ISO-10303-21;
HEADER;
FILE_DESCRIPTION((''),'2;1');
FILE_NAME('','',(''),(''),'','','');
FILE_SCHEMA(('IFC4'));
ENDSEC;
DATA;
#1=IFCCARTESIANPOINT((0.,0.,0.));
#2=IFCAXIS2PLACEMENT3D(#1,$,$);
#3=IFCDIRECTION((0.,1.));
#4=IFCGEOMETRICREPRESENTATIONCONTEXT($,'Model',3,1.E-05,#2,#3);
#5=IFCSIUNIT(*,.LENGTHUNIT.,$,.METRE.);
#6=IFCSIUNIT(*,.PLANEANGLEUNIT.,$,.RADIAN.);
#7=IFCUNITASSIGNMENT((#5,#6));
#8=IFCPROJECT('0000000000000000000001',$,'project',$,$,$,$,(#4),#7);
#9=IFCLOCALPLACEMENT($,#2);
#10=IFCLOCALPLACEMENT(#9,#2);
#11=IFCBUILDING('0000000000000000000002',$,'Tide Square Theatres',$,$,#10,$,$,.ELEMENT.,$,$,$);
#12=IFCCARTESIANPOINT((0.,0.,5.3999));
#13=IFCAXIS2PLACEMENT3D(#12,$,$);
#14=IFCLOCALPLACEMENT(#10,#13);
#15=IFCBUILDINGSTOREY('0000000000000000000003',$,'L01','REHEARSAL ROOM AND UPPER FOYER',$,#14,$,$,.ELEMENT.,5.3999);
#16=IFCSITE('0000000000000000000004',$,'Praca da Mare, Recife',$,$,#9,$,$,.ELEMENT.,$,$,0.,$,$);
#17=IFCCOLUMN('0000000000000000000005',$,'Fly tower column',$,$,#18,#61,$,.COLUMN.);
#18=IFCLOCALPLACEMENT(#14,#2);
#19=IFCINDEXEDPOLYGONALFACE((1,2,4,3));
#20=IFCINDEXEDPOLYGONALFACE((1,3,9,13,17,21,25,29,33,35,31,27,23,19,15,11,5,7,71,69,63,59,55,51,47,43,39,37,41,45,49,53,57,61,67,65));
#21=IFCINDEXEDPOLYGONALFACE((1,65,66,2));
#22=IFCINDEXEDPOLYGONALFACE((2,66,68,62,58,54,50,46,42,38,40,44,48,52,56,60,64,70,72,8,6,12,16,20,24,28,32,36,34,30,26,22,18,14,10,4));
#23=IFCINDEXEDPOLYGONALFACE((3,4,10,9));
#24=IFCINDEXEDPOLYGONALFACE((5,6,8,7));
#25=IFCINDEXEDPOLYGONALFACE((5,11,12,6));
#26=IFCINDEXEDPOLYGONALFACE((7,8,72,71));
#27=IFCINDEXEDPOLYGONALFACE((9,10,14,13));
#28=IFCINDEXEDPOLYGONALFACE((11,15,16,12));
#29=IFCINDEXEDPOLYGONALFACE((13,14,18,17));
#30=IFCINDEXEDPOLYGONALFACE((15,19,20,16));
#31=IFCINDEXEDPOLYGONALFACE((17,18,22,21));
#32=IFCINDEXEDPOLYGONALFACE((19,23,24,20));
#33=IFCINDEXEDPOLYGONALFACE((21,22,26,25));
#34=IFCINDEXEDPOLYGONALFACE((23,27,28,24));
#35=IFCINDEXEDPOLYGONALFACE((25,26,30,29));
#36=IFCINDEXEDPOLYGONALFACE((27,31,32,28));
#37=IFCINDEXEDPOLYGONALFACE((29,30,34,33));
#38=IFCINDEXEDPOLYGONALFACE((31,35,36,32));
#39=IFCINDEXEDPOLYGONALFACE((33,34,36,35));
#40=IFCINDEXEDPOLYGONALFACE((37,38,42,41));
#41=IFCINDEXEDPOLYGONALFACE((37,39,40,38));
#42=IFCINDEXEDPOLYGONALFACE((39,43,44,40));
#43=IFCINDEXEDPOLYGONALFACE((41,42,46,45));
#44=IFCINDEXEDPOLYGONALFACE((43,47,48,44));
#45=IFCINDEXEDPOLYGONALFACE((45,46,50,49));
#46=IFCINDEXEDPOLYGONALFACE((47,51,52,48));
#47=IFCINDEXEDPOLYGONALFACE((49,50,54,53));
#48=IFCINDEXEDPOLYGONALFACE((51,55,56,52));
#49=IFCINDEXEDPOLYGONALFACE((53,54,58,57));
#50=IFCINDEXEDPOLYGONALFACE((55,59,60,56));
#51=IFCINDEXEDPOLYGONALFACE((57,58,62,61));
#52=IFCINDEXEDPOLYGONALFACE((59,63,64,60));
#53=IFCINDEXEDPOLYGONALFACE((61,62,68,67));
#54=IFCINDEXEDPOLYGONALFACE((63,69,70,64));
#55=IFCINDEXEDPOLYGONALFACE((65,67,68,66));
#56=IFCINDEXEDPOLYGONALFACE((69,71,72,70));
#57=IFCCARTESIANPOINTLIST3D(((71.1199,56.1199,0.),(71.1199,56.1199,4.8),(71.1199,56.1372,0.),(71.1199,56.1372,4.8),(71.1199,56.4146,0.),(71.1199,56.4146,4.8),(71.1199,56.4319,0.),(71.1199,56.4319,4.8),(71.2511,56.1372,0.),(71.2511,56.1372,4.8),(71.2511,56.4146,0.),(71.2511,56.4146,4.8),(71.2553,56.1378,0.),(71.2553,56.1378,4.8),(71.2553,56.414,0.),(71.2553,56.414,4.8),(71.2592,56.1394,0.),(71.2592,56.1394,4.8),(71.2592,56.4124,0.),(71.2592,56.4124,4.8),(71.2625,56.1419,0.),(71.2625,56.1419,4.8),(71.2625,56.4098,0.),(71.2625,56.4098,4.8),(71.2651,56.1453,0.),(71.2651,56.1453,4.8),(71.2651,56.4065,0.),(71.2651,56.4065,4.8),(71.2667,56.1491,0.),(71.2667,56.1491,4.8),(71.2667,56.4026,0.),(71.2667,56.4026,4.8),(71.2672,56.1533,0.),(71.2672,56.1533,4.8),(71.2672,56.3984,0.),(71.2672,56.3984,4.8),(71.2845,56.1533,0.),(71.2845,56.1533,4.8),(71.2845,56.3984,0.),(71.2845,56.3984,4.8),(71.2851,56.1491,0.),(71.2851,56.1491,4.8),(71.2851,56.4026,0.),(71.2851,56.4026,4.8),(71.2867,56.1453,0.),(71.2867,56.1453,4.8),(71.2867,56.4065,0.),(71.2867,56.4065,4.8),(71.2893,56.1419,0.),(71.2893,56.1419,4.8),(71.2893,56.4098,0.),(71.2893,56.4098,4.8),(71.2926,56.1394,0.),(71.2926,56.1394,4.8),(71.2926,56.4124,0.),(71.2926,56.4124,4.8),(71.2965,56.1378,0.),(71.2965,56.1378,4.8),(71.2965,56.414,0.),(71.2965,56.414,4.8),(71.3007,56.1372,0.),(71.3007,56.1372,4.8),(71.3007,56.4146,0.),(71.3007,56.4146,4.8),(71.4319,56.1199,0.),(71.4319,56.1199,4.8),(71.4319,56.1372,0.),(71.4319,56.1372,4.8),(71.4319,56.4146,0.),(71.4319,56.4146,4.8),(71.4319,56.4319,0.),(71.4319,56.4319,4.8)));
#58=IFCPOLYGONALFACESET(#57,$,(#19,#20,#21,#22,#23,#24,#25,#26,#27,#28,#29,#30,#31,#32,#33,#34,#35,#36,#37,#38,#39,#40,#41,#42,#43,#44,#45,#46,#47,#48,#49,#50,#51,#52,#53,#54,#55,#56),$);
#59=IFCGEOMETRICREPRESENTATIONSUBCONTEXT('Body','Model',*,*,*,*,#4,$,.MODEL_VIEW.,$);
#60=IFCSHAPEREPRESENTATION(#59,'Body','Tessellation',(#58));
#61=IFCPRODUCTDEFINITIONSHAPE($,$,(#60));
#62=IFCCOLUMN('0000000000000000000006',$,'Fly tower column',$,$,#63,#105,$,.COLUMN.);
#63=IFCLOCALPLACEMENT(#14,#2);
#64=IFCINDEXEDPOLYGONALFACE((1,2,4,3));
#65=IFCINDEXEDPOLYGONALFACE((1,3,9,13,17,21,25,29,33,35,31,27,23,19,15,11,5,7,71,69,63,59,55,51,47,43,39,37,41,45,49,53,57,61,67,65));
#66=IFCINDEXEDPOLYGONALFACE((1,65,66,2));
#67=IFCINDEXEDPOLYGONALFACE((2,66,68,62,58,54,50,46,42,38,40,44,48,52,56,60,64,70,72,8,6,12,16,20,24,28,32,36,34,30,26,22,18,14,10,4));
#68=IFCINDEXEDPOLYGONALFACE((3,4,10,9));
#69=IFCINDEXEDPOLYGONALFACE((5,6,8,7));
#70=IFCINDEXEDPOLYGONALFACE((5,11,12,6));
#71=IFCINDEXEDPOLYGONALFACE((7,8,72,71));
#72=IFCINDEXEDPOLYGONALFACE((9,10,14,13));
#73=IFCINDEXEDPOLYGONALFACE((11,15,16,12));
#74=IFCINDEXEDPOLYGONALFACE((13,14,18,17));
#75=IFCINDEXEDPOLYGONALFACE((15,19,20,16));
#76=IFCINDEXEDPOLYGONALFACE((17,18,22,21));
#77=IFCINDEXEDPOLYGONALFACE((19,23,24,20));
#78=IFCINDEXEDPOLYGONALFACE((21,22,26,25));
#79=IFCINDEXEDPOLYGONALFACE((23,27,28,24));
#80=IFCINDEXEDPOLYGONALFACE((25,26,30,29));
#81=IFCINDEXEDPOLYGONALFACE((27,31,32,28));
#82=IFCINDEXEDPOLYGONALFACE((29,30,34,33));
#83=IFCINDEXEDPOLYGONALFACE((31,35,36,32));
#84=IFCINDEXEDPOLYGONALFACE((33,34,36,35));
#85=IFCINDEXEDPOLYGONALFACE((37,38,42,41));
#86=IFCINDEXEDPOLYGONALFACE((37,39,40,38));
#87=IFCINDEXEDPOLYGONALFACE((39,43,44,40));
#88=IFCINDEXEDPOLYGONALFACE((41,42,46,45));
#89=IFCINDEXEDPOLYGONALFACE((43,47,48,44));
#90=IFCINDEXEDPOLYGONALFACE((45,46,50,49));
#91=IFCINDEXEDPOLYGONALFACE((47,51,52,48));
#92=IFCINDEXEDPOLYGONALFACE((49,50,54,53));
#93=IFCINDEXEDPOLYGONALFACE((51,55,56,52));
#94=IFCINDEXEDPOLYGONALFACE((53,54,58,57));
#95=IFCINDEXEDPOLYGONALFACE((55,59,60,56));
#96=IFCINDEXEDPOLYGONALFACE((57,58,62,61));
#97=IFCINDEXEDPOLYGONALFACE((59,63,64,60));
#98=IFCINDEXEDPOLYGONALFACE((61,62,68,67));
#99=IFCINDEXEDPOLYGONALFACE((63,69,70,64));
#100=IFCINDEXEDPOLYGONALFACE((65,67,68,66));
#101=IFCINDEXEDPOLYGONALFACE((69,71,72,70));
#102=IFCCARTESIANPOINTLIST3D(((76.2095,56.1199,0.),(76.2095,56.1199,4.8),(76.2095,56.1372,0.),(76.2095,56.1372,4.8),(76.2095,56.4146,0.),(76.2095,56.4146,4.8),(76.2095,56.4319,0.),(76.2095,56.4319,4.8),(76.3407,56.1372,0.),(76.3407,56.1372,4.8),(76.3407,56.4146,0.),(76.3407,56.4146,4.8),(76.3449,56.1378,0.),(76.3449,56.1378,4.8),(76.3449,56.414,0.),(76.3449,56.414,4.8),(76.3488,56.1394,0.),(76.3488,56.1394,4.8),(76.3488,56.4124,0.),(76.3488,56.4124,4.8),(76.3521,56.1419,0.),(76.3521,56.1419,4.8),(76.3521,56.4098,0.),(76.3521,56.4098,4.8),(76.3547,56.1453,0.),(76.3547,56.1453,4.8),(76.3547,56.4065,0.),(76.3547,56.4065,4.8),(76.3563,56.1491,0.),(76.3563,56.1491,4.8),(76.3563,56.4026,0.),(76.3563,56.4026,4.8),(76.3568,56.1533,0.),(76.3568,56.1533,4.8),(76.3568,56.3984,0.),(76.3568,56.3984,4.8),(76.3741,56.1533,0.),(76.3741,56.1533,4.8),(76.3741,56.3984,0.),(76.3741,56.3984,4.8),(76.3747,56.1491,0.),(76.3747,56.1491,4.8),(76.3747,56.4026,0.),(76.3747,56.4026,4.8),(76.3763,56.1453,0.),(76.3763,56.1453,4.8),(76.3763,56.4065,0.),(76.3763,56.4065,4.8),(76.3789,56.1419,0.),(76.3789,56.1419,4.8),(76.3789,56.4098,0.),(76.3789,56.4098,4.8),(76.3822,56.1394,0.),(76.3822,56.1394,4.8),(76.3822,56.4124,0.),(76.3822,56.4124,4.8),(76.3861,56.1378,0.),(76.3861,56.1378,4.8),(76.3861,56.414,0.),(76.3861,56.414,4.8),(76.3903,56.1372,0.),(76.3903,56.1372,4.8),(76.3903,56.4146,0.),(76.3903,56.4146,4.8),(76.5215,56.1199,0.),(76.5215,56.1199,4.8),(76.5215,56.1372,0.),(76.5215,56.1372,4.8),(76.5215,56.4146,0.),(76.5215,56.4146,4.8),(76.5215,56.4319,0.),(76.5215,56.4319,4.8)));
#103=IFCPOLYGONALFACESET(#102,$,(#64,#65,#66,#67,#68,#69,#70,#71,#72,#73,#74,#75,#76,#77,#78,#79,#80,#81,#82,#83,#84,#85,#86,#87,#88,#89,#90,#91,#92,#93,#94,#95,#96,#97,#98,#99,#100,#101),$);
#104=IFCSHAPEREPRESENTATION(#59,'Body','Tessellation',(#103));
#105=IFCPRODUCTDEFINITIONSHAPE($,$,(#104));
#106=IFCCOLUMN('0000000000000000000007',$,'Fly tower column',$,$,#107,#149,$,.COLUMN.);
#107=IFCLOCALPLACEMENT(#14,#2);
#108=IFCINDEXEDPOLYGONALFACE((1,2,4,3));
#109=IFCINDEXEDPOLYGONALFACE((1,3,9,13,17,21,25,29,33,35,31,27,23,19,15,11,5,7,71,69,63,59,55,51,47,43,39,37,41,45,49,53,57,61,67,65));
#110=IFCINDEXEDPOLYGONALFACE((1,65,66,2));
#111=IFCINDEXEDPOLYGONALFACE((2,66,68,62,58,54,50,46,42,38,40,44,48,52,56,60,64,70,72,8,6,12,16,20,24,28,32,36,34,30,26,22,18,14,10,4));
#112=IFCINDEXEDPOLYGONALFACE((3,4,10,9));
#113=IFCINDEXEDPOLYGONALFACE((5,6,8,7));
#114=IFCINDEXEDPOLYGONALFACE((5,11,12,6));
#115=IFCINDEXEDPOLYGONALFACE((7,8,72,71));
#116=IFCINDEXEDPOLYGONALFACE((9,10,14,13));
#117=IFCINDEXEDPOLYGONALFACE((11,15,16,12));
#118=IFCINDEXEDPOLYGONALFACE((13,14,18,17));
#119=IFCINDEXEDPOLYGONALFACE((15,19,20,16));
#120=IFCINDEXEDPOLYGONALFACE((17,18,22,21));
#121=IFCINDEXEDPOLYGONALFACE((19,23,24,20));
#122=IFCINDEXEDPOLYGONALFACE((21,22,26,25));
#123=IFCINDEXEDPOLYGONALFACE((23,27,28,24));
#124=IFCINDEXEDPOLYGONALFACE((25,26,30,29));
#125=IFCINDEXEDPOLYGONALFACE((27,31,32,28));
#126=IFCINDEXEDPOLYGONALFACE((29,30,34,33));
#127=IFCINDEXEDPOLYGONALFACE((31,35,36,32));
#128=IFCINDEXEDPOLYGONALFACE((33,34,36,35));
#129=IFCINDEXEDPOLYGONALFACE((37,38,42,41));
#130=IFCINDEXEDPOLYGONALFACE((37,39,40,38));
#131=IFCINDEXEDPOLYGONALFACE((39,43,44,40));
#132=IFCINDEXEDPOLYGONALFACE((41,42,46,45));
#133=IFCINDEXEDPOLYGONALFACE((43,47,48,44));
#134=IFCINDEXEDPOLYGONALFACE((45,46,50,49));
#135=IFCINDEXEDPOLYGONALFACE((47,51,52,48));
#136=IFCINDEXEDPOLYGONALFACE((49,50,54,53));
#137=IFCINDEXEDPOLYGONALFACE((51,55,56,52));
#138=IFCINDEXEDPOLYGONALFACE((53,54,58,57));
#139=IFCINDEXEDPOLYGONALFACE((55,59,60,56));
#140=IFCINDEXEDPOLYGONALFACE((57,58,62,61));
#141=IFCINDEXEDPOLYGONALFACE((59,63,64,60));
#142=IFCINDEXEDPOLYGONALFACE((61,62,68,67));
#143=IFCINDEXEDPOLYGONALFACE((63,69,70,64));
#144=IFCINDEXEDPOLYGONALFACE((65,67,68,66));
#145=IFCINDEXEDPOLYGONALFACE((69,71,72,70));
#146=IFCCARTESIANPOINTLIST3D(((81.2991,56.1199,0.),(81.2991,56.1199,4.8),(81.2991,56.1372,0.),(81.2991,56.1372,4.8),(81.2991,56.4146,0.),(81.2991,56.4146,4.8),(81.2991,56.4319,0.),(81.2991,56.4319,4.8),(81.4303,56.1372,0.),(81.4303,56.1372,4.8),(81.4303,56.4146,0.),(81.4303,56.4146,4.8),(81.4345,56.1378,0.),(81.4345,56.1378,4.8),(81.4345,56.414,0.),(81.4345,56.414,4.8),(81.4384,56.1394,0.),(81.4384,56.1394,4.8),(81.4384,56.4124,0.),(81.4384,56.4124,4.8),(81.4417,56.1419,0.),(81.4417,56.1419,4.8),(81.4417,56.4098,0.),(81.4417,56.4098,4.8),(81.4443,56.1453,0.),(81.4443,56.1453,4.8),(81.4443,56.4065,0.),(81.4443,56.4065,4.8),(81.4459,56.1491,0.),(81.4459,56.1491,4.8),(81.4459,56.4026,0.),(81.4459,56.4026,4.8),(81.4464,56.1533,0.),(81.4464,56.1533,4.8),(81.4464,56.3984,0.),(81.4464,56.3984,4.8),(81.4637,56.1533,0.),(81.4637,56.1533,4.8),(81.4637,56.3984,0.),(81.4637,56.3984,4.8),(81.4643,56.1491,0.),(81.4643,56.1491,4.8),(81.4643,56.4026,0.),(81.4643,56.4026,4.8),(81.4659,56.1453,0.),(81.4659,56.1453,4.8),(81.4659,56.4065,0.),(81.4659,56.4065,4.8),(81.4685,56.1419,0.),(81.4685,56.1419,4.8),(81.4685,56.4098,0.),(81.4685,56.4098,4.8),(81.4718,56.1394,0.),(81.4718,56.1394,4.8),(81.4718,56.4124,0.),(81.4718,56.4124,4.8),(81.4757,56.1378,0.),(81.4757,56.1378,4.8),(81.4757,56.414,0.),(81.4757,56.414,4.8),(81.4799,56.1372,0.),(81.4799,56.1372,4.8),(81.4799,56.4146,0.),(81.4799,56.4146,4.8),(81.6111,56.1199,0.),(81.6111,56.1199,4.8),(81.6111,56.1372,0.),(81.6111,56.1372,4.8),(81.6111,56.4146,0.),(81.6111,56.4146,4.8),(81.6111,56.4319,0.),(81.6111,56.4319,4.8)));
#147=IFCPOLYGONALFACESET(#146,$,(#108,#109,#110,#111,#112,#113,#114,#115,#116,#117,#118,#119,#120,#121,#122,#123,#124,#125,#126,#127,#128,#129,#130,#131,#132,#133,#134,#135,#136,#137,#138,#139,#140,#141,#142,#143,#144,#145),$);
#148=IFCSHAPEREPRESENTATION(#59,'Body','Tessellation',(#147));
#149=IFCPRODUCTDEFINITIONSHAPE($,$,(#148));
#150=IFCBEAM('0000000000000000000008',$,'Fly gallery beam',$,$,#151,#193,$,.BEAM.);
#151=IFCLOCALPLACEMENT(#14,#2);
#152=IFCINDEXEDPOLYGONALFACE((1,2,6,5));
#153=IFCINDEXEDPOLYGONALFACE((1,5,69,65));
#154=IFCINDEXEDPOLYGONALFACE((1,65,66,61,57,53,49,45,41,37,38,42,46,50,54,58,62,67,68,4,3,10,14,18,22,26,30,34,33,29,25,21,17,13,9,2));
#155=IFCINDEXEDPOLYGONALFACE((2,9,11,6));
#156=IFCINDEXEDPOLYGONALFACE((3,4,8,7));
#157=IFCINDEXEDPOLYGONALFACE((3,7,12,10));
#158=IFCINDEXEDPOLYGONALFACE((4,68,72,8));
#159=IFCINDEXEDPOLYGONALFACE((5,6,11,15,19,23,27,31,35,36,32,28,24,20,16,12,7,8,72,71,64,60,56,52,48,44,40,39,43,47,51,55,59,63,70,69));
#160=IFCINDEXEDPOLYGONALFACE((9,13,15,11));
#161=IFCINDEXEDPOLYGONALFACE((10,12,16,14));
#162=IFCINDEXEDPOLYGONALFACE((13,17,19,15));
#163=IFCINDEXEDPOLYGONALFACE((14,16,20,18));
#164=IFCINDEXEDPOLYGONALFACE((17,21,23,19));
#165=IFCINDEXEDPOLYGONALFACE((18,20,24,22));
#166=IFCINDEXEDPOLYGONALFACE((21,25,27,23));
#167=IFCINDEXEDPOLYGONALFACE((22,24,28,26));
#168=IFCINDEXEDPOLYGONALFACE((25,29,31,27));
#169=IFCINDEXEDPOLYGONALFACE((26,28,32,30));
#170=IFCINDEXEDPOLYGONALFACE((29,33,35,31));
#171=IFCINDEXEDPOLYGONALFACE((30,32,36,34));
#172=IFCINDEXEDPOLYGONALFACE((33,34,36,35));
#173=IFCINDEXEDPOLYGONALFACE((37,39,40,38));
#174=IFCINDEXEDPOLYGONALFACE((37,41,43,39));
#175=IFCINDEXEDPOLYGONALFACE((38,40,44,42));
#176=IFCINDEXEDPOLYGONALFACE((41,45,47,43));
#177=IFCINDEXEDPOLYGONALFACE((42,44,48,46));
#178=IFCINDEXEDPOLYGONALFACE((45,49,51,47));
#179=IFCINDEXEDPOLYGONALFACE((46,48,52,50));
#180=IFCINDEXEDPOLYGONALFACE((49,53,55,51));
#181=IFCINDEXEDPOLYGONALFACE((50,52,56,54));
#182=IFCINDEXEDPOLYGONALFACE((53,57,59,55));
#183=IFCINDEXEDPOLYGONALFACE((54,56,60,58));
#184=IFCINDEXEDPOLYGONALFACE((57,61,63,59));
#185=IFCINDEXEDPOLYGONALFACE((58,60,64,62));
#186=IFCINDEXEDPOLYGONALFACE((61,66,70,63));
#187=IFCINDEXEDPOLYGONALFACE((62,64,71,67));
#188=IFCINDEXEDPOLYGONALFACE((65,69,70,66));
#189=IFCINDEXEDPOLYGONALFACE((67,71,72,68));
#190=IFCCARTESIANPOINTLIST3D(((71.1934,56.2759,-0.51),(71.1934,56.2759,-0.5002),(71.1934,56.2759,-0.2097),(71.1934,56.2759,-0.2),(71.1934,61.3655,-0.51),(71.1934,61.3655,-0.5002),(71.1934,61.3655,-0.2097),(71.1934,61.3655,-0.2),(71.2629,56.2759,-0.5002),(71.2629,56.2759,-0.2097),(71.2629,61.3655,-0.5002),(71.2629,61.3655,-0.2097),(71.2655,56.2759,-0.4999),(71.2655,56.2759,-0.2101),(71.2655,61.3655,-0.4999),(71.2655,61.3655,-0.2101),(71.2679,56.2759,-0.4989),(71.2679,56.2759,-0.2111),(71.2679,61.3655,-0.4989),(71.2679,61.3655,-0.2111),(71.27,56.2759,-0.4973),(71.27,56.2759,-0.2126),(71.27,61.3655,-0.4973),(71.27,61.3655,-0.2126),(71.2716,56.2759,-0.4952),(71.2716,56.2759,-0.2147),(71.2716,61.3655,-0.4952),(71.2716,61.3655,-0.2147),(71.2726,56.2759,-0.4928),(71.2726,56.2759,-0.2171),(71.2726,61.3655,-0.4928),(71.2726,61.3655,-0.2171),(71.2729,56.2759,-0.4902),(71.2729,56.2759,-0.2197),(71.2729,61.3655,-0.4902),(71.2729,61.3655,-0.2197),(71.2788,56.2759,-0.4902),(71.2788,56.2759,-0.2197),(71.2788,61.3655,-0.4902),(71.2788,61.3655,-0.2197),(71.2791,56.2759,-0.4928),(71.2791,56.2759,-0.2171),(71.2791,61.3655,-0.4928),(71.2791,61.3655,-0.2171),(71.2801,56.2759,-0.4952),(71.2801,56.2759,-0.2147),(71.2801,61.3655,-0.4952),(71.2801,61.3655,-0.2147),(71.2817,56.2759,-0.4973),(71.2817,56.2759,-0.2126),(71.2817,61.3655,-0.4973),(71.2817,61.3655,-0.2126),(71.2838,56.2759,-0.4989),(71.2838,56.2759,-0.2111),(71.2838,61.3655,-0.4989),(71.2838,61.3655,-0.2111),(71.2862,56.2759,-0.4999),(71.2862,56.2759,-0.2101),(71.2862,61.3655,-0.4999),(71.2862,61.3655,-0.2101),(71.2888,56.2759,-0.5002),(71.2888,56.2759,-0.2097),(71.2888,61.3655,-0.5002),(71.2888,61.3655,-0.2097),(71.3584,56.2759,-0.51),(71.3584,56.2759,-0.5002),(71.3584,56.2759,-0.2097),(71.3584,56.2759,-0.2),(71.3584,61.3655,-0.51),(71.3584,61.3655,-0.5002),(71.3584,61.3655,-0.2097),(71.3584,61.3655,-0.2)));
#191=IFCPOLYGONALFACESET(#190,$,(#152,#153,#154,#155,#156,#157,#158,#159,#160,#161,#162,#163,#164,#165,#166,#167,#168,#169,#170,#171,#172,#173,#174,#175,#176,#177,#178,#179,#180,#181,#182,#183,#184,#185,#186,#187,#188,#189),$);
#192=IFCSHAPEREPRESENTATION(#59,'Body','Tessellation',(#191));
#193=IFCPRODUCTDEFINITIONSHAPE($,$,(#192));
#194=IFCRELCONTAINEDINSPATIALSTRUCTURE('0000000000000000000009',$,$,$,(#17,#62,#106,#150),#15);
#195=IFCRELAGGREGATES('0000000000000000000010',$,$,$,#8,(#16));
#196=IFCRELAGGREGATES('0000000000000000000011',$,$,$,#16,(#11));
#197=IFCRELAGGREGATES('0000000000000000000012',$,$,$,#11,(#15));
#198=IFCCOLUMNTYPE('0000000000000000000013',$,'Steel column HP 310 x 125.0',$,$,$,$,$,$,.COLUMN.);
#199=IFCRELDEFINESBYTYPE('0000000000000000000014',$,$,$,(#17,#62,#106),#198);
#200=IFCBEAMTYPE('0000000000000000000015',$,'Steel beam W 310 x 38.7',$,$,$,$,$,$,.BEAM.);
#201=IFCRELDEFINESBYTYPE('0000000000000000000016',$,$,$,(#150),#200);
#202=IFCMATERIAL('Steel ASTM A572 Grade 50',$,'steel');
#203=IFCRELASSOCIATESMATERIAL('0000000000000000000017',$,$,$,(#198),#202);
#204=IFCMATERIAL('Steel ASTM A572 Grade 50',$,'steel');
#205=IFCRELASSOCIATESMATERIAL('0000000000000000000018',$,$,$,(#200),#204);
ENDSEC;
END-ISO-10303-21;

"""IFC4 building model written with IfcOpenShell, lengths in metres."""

from ifc_helpers import new_model, si_unit, direction, frame, origin, origin_2d, place, context, subcontext, project, spatial, i_section, extrude, material, material_profile, profile_set, type_object, element, save


model = new_model("IFC4")

# Units and contexts
model_context = context("Model", 3, precision=1e-05, world=origin(), true_north=direction((0.0, 1.0)))
body_context = subcontext(model_context, "Body", "Model", "MODEL_VIEW")
ifc_project = project(units=[si_unit("LENGTHUNIT", "METRE"), si_unit("PLANEANGLEUNIT", "RADIAN")], contexts=[model_context])

# Site, building, storey
site_placement = place(None, origin())
site = spatial("IfcSite", under=ifc_project, at=site_placement, Name="Praca da Mare, Recife", CompositionType="ELEMENT", RefElevation=0.0)
building_placement = place(site_placement, origin())
building = spatial("IfcBuilding", under=site, at=building_placement, Name="Tide Square Theatres", CompositionType="ELEMENT")
storey_placement = place(building_placement, frame((0.0, 0.0, 5.3999)))
storey = spatial("IfcBuildingStorey", under=building, at=storey_placement, Name="L01", Description="REHEARSAL ROOM AND UPPER FOYER", CompositionType="ELEMENT", Elevation=5.3999)

# Columns
ifc_material_1 = material(Name="Steel ASTM A572 Grade 50", Category="steel")
ifc_material_profile_1 = material_profile(ifc_material_1, i_section(OverallWidth=0.312, OverallDepth=0.312, WebThickness=0.0173, FlangeThickness=0.0173, FilletRadius=0.0161, at=origin_2d()))
ifc_profile_set_1 = profile_set([ifc_material_profile_1], Name="Steel ASTM A572 Grade 50")
column_type = type_object("IfcColumnType", Name="Steel column HP 310 x 125.0", PredefinedType="COLUMN", material=ifc_profile_set_1)
for number, where, z_axis, x_axis, name in (
    (1, (71.2759, 56.2759, 0.0), (0.0, 0.0, 1.0), (1.0, 0.0, 0.0), "Fly tower column"),
    (2, (76.3655, 56.2759, 0.0), (0.0, 0.0, 1.0), (1.0, 0.0, 0.0), "Fly tower column"),
    (3, (81.4551, 56.2759, 0.0), (0.0, 0.0, 1.0), (1.0, 0.0, 0.0), "Fly tower column"),
):
    element("IfcColumn", number, at=place(storey_placement, frame(where, z_axis=z_axis, x_axis=x_axis)), inside=storey, type_object=column_type, Name=name, PredefinedType="COLUMN", context=body_context, shape_type="SweptSolid", body=[
        extrude(i_section(OverallWidth=0.312, OverallDepth=0.312, WebThickness=0.0173, FlangeThickness=0.0173, FilletRadius=0.0161, at=origin_2d()), origin(), (0.0, 0.0, 1.0), 4.8),
    ])

# Beam
ifc_material_2 = material(Name="Steel ASTM A572 Grade 50", Category="steel")
ifc_material_profile_2 = material_profile(ifc_material_2, i_section(OverallWidth=0.165, OverallDepth=0.3101, WebThickness=0.0059, FlangeThickness=0.0098, FilletRadius=0.01, at=origin_2d()))
ifc_profile_set_2 = profile_set([ifc_material_profile_2], Name="Steel ASTM A572 Grade 50")
beam_type = type_object("IfcBeamType", Name="Steel beam W 310 x 38.7", PredefinedType="BEAM", material=ifc_profile_set_2)
for number, where, z_axis, x_axis, name in (
    (4, (71.2759, 56.2759, -0.355), (0.0, 1.0, 0.0), (-1.0, 0.0, 0.0), "Fly gallery beam"),
):
    element("IfcBeam", number, at=place(storey_placement, frame(where, z_axis=z_axis, x_axis=x_axis)), inside=storey, type_object=beam_type, Name=name, PredefinedType="BEAM", context=body_context, shape_type="SweptSolid", body=[
        extrude(i_section(OverallWidth=0.165, OverallDepth=0.3101, WebThickness=0.0059, FlangeThickness=0.0098, FilletRadius=0.01, at=origin_2d()), origin(), (0.0, 0.0, 1.0), 5.0896),
    ])

save(model, "model.ifc")
